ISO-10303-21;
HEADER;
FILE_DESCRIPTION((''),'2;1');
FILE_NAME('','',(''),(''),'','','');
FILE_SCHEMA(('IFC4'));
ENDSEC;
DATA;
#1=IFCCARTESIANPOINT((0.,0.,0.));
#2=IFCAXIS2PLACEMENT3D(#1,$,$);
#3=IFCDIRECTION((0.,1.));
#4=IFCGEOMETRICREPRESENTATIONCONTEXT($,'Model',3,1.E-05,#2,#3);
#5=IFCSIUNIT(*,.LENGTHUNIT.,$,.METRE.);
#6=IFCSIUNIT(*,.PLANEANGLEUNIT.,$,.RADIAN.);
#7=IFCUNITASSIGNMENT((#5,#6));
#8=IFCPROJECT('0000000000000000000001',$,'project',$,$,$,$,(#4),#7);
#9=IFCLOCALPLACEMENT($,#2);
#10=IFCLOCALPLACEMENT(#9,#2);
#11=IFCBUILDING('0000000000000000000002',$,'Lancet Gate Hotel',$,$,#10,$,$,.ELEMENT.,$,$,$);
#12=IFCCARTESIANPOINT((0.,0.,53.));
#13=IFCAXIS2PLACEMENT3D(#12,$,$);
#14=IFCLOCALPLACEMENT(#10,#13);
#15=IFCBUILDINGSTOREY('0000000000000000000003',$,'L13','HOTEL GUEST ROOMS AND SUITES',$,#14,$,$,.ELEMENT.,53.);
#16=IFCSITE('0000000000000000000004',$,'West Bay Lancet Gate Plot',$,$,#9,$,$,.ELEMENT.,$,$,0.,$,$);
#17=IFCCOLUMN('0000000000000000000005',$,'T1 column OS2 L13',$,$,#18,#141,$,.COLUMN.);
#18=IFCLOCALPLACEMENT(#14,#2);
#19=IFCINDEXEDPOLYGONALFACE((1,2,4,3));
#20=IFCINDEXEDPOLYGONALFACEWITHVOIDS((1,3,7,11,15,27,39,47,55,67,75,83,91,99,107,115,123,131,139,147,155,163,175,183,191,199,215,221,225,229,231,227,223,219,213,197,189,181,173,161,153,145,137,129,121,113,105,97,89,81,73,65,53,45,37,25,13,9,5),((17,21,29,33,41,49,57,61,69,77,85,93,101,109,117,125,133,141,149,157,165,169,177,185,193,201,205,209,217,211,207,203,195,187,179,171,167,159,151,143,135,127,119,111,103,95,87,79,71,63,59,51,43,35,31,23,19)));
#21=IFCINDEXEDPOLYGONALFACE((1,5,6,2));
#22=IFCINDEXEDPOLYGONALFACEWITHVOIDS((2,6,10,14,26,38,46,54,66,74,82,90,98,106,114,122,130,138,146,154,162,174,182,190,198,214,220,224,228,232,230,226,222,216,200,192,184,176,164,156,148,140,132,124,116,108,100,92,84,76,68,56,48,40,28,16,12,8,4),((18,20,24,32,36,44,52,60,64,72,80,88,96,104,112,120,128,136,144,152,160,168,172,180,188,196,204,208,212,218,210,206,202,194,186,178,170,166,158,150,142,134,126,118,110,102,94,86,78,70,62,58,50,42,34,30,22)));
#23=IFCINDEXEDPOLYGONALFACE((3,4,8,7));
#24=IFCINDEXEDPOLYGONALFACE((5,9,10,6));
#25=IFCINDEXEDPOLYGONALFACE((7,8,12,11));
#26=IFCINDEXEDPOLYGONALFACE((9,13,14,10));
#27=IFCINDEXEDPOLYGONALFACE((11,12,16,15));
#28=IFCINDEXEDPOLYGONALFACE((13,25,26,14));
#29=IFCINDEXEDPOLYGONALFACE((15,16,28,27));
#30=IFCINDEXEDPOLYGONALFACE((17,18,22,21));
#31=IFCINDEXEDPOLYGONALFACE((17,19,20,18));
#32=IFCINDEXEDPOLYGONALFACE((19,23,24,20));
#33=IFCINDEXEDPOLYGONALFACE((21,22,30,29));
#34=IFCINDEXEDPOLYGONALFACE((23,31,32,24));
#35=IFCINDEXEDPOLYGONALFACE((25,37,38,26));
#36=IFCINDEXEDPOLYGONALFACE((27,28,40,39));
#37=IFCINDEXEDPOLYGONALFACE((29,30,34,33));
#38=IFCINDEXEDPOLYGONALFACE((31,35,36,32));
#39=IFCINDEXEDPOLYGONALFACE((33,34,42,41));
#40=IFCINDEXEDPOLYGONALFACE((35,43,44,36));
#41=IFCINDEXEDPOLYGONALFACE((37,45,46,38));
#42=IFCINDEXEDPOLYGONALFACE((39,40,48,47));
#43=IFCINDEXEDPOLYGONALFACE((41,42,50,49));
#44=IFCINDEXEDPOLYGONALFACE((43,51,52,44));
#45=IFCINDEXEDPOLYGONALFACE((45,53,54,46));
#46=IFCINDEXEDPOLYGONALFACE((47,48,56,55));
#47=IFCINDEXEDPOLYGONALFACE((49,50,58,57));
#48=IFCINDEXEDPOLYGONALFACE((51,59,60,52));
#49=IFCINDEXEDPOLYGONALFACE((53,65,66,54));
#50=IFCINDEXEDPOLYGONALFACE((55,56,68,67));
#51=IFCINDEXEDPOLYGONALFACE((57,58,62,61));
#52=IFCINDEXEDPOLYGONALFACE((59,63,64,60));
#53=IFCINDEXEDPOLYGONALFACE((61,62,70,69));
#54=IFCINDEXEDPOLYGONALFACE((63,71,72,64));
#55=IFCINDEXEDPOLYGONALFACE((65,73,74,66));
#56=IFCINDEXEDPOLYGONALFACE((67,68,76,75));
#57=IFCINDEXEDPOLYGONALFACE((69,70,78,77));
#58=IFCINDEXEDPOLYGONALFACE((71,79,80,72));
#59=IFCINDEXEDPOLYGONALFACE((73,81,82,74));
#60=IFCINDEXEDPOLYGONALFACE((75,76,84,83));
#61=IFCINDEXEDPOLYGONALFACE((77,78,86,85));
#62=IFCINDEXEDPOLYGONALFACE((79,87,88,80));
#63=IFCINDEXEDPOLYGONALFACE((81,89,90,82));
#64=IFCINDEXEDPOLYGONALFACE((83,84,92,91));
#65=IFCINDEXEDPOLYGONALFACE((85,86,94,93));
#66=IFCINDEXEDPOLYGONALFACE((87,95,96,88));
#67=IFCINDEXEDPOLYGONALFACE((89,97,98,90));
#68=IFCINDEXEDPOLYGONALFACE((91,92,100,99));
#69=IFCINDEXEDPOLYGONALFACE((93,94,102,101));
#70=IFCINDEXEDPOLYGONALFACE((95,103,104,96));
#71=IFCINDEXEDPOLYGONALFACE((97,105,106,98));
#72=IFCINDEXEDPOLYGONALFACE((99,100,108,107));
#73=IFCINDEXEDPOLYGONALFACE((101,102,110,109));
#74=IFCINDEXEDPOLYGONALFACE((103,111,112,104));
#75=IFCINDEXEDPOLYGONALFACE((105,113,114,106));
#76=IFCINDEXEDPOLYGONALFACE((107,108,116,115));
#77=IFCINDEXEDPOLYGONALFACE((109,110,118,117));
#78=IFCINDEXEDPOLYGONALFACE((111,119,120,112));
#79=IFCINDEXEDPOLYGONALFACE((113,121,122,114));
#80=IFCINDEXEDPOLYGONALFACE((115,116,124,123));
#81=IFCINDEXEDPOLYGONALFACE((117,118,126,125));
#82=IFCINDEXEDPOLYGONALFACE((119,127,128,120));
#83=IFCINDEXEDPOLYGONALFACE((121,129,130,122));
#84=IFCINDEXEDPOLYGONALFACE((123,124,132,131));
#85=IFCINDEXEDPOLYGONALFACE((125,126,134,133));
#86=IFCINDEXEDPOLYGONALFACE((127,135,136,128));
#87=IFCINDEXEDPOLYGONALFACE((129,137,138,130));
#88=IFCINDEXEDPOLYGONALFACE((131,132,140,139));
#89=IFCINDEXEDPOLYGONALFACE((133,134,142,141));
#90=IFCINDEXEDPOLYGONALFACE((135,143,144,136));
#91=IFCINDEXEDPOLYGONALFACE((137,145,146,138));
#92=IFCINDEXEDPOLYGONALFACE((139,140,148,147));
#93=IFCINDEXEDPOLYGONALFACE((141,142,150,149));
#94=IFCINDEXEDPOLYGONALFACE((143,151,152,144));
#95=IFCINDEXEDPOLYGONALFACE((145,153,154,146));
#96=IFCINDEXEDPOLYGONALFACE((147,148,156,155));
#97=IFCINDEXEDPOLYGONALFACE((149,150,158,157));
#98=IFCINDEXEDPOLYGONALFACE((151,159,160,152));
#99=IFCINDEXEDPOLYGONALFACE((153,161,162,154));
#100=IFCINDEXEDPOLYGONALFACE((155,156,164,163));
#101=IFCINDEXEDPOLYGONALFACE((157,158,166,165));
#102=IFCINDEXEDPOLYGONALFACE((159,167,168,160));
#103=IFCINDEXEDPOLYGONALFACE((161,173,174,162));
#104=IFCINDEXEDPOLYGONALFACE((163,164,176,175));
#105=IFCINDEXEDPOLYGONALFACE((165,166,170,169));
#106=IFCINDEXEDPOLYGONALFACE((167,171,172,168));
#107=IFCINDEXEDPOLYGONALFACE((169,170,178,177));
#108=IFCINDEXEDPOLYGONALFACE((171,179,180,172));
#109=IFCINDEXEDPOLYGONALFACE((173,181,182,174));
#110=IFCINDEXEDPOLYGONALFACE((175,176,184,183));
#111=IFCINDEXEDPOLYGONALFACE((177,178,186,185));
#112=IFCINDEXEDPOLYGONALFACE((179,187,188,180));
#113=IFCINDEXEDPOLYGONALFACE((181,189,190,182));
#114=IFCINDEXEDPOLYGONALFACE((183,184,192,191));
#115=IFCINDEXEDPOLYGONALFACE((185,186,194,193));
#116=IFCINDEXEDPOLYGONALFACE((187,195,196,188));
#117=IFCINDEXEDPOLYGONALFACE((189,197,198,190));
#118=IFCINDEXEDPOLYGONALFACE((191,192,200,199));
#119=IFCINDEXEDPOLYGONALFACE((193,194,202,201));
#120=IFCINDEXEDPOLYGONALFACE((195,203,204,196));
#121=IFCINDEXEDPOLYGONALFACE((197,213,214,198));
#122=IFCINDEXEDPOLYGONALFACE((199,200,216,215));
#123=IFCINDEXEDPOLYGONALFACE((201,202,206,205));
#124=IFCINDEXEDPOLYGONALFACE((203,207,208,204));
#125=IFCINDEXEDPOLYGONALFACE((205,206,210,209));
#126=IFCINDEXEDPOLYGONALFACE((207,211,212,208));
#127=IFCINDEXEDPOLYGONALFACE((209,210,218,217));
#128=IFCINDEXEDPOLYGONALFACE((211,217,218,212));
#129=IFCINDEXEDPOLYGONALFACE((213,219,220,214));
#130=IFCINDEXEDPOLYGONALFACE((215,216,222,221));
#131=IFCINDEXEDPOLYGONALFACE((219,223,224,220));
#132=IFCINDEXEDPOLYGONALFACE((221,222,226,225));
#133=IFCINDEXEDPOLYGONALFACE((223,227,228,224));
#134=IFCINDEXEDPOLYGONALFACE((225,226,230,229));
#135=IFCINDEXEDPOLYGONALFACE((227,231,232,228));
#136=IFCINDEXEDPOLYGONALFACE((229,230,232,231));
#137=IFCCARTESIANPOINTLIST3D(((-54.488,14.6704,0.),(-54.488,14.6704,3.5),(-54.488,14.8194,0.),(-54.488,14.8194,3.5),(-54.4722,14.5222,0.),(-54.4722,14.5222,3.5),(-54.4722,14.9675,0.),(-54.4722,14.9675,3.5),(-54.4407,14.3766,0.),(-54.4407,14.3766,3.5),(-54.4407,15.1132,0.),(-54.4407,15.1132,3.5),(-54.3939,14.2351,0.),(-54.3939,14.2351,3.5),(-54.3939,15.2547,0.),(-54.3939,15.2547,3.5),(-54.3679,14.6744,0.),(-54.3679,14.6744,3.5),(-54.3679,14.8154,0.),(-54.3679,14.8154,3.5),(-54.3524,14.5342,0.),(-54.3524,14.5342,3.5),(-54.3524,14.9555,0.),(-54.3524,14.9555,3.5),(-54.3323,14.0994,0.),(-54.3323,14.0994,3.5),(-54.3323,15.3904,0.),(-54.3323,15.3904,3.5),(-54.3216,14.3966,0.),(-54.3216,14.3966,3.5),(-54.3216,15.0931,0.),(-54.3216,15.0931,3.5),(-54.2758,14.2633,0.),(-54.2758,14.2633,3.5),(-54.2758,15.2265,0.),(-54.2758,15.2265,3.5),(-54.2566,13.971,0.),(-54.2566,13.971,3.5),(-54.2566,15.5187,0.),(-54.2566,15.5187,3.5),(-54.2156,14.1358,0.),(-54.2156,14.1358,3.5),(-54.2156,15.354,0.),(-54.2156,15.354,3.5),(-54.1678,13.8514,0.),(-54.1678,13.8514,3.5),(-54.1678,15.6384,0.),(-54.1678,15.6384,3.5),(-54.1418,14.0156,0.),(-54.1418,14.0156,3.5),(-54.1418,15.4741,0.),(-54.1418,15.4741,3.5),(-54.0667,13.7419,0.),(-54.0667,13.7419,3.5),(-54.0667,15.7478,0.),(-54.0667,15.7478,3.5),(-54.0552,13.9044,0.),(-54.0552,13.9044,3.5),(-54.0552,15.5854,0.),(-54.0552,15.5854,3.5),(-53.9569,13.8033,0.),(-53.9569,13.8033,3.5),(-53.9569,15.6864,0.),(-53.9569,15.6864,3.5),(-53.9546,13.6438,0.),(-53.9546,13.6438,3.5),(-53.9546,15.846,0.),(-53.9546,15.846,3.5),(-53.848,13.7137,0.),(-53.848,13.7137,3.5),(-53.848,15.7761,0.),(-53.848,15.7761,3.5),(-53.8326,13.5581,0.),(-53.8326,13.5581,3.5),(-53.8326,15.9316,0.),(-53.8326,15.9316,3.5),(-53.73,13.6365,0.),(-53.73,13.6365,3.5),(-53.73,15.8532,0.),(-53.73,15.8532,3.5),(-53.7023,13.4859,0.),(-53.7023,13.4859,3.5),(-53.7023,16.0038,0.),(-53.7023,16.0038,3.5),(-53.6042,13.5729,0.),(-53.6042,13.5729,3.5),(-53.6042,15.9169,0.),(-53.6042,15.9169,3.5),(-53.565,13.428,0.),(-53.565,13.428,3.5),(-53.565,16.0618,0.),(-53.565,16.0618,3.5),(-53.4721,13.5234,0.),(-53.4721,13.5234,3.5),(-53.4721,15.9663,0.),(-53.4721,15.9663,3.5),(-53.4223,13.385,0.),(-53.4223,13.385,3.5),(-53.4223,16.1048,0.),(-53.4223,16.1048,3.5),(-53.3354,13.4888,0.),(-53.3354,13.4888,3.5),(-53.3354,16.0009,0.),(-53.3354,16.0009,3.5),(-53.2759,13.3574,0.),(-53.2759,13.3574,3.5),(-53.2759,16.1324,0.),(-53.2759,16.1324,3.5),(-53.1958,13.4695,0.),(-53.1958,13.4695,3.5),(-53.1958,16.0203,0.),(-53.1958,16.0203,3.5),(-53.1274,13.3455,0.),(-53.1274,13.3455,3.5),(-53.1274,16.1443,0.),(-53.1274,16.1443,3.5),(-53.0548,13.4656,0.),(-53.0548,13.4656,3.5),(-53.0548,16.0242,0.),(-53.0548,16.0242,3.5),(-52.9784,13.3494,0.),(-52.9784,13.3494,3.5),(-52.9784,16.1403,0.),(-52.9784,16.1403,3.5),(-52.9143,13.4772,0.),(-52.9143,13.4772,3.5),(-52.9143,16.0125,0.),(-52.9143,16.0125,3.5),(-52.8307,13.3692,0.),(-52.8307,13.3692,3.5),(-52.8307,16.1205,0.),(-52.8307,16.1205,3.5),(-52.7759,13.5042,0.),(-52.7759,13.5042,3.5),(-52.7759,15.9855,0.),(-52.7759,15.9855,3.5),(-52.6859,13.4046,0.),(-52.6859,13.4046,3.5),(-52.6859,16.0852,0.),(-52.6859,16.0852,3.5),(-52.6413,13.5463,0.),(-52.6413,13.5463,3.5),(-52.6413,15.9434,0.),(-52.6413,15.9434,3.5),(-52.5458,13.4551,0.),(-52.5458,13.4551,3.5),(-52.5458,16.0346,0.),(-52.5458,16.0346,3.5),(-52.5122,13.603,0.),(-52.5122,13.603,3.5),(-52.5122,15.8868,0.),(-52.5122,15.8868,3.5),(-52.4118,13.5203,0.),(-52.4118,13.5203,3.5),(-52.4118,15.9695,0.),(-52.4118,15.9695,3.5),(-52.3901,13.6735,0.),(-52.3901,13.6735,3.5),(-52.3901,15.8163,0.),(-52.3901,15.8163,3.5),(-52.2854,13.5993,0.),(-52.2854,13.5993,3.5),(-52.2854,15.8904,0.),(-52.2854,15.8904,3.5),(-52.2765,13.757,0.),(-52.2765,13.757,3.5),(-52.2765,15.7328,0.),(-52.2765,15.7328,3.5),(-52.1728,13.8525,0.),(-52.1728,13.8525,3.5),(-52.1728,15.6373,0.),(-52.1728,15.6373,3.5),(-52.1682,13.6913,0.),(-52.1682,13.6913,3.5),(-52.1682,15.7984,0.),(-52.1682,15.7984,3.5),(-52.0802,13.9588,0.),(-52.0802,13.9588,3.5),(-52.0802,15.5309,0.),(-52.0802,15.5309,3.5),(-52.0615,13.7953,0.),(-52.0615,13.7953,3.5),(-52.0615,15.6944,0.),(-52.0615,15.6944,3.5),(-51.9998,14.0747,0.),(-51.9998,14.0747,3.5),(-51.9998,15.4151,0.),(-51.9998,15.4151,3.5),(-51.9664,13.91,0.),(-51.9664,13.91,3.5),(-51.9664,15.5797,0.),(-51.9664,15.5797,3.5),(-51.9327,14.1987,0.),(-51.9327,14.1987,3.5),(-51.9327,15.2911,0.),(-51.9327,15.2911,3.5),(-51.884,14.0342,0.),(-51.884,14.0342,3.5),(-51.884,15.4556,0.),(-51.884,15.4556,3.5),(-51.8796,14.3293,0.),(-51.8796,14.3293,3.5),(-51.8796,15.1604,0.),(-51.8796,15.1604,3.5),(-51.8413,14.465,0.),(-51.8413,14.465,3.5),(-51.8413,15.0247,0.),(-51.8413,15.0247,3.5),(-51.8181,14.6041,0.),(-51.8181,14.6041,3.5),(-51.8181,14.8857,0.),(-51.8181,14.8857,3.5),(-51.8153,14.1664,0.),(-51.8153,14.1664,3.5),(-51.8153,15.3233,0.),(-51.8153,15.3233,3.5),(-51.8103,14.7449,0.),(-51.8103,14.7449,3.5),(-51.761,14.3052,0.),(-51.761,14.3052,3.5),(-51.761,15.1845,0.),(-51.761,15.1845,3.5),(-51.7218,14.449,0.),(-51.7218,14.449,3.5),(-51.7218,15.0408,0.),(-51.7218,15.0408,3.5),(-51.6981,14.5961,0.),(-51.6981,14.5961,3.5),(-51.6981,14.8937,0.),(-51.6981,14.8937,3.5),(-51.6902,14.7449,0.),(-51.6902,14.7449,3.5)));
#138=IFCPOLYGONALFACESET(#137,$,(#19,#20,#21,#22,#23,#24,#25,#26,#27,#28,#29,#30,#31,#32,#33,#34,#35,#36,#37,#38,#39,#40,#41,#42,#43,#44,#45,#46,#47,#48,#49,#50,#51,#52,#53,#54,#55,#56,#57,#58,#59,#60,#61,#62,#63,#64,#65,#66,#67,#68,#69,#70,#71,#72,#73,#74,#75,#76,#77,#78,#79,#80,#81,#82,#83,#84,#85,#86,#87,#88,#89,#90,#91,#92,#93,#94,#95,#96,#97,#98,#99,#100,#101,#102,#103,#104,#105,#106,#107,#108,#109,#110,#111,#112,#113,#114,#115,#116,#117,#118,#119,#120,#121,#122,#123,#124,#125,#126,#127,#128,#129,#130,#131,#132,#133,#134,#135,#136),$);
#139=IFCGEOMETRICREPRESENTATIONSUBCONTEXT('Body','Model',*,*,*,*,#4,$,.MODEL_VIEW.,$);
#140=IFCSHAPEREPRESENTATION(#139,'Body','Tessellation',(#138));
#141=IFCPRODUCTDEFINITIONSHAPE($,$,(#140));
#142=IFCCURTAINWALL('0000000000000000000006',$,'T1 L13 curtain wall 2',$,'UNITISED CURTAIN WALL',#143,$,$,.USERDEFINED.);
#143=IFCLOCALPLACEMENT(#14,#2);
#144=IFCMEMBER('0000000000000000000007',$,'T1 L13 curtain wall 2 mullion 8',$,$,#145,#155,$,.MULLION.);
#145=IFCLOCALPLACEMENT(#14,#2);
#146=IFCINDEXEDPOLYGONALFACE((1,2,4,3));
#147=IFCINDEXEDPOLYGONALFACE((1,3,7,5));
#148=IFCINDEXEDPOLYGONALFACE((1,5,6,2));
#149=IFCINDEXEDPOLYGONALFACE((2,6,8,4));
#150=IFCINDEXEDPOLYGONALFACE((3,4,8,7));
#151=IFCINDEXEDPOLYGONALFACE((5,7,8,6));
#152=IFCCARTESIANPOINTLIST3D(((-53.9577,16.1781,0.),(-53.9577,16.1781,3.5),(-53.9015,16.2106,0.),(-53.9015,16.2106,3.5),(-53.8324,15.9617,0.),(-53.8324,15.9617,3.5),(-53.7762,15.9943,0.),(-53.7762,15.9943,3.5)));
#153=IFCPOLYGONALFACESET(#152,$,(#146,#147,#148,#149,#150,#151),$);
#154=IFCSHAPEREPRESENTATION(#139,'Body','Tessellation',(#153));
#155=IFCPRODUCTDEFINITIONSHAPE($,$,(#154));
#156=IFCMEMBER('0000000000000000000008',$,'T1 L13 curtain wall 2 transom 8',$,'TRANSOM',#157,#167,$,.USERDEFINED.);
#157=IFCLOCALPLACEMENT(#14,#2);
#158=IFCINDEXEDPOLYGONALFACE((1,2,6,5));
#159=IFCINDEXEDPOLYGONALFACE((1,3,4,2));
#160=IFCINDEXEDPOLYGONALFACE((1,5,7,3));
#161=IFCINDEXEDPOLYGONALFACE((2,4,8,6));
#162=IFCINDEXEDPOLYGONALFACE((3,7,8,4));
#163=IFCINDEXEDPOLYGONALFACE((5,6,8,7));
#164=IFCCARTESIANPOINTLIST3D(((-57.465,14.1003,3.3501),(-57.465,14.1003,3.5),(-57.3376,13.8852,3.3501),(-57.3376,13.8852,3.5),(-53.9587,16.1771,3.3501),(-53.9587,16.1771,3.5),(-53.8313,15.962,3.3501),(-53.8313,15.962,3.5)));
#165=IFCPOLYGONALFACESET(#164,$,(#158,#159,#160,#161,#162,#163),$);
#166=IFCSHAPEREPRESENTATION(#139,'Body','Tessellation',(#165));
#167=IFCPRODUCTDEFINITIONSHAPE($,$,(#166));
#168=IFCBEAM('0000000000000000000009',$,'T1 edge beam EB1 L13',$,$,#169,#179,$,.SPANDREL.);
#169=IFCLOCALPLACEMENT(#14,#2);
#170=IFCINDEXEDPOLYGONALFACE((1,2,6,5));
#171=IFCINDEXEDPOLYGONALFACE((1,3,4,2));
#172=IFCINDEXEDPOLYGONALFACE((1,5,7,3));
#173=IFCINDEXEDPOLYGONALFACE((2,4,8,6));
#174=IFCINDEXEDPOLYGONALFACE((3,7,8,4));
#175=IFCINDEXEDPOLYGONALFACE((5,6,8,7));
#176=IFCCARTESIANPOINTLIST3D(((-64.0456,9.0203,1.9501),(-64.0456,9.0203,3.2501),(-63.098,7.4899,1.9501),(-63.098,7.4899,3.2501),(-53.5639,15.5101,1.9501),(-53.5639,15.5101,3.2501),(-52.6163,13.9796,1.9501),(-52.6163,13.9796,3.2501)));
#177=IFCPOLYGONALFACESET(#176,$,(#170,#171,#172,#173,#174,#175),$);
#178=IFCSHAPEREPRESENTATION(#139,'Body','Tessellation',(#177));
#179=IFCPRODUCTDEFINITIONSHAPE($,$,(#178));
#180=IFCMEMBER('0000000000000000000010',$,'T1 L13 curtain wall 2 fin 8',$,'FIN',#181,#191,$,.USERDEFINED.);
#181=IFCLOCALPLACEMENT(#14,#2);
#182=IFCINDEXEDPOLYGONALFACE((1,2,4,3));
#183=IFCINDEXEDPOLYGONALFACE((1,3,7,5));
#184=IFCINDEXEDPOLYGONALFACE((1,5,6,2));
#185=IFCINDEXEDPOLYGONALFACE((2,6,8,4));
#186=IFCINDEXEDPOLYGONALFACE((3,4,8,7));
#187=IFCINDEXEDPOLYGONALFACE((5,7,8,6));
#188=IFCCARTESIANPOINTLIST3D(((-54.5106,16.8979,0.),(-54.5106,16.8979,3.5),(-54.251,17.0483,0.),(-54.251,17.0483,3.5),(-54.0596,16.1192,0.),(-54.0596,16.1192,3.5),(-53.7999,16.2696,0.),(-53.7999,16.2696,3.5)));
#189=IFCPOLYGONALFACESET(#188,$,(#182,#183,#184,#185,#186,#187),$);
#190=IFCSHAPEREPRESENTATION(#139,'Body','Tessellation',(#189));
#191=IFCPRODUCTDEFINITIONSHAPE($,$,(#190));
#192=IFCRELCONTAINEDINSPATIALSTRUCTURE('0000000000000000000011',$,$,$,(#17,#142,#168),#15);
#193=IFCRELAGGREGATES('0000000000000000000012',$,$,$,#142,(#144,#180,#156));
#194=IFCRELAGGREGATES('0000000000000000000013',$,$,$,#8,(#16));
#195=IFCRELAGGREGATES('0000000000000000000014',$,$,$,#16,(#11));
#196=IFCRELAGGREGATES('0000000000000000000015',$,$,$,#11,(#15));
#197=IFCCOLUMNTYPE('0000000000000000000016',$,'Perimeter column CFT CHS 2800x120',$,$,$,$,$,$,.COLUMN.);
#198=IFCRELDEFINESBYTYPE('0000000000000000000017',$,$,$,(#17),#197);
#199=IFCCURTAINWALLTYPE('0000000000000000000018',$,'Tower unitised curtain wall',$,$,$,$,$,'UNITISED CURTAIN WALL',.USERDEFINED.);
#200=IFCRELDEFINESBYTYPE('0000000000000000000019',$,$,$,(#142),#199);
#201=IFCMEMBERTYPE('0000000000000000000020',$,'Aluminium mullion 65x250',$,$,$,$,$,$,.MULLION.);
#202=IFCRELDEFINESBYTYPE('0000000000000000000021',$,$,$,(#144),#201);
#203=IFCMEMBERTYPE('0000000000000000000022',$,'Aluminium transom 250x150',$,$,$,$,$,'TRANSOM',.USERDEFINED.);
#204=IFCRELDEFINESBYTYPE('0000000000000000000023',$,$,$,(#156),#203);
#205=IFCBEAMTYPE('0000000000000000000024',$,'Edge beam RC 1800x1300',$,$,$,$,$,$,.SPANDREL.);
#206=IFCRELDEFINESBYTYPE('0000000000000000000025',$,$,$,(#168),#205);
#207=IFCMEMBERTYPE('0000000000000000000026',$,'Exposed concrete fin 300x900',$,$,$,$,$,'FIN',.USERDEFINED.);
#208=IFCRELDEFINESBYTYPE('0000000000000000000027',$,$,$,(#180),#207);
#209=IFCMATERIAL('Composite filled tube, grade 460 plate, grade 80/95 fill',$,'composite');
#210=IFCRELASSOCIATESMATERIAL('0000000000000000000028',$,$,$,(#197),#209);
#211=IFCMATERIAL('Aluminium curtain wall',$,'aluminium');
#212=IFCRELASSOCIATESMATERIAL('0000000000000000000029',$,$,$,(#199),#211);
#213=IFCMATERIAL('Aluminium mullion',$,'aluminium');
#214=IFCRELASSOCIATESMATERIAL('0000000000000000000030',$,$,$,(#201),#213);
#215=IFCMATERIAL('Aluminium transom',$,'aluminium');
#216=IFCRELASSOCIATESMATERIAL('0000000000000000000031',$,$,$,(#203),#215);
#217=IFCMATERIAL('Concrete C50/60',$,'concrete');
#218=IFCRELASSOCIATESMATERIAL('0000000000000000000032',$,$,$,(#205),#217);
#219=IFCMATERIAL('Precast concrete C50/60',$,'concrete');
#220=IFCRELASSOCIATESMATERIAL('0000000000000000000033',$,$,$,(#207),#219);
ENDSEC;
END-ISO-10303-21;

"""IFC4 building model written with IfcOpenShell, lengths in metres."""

from ifc_helpers import new_model, si_unit, direction, frame, origin, origin_2d, place, context, subcontext, project, spatial, rectangle, hollow_circle, extrude, material, material_profile, profile_set, type_object, element, aggregate, save


model = new_model("IFC4")

# Units and contexts
model_context = context("Model", 3, precision=1e-05, world=origin(), true_north=direction((0.0, 1.0)))
body_context = subcontext(model_context, "Body", "Model", "MODEL_VIEW")
ifc_project = project(units=[si_unit("LENGTHUNIT", "METRE"), si_unit("PLANEANGLEUNIT", "RADIAN")], contexts=[model_context])

# Site, building, storey
site_placement = place(None, origin())
site = spatial("IfcSite", under=ifc_project, at=site_placement, Name="West Bay Lancet Gate Plot", CompositionType="ELEMENT", RefElevation=0.0)
building_placement = place(site_placement, origin())
building = spatial("IfcBuilding", under=site, at=building_placement, Name="Lancet Gate Hotel", CompositionType="ELEMENT")
storey_placement = place(building_placement, frame((0.0, 0.0, 53.0)))
storey = spatial("IfcBuildingStorey", under=building, at=storey_placement, Name="L13", Description="HOTEL GUEST ROOMS AND SUITES", CompositionType="ELEMENT", Elevation=53.0)

# Column
ifc_material_1 = material(Name="Composite filled tube, grade 460 plate, grade 80/95 fill", Category="composite")
ifc_material_profile_1 = material_profile(ifc_material_1, hollow_circle(Radius=1.3999, WallThickness=0.1201, at=origin_2d()), Name="CHS 2800x120")
ifc_profile_set_1 = profile_set([ifc_material_profile_1], Name="Composite filled tube, grade 460 plate, grade 80/95 fill")
column_type = type_object("IfcColumnType", Name="Perimeter column CFT CHS 2800x120", PredefinedType="COLUMN", material=ifc_profile_set_1)
column_placement = place(storey_placement, frame((-53.0901, 14.7449, 0.0), z_axis=(0.0, 0.0, 1.0), x_axis=(1.0, 0.0, 0.0)))
element("IfcColumn", 1, at=column_placement, inside=storey, type_object=column_type, Name="T1 column OS2 L13", PredefinedType="COLUMN", context=body_context, shape_type="SweptSolid", body=[
    extrude(hollow_circle(Radius=1.3999, WallThickness=0.1201, at=origin_2d()), origin(), (0.0, 0.0, 1.0), 3.5),
])

# Curtain wall, members
ifc_material_2 = material(Name="Aluminium curtain wall", Category="aluminium")
curtain_wall_type = type_object("IfcCurtainWallType", Name="Tower unitised curtain wall", ElementType="UNITISED CURTAIN WALL", PredefinedType="USERDEFINED", material=ifc_material_2)
curtain_wall_placement = place(storey_placement, origin())
curtain_wall = element("IfcCurtainWall", 2, at=curtain_wall_placement, inside=storey, type_object=curtain_wall_type, Name="T1 L13 curtain wall 2", ObjectType="UNITISED CURTAIN WALL", PredefinedType="USERDEFINED")
ifc_material_3 = material(Name="Aluminium mullion", Category="aluminium")
ifc_material_profile_2 = material_profile(ifc_material_3, rectangle(XDim=0.0649, YDim=0.25, at=origin_2d()), Name="MULLION 65x250")
ifc_profile_set_2 = profile_set([ifc_material_profile_2], Name="Aluminium mullion")
member_type_1 = type_object("IfcMemberType", Name="Aluminium mullion 65x250", PredefinedType="MULLION", material=ifc_profile_set_2)
member_1_placement = place(storey_placement, frame((-53.8669, 16.0862, 0.0), z_axis=(0.0, 0.0, 1.0), x_axis=(-0.865335, -0.501194, 0.0)))
member_1 = element("IfcMember", 3, at=member_1_placement, type_object=member_type_1, Name="T1 L13 curtain wall 2 mullion 8", PredefinedType="MULLION", context=body_context, shape_type="SweptSolid", body=[
    extrude(rectangle(XDim=0.0649, YDim=0.25, at=origin_2d()), origin(), (0.0, 0.0, 1.0), 3.5),
])
ifc_material_4 = material(Name="Aluminium transom", Category="aluminium")
ifc_material_profile_3 = material_profile(ifc_material_4, rectangle(XDim=0.25, YDim=0.1499, at=origin_2d()), Name="TRANSOM 250x150")
ifc_profile_set_3 = profile_set([ifc_material_profile_3], Name="Aluminium transom")
member_type_2 = type_object("IfcMemberType", Name="Aluminium transom 250x150", ElementType="TRANSOM", PredefinedType="USERDEFINED", material=ifc_profile_set_3)
member_2_placement = place(storey_placement, frame((-53.895, 16.0696, 3.425), z_axis=(-0.860392, -0.509633, 0.0), x_axis=(0.509633, -0.860392, 0.0)))
member_2 = element("IfcMember", 4, at=member_2_placement, type_object=member_type_2, Name="T1 L13 curtain wall 2 transom 8", ObjectType="TRANSOM", PredefinedType="USERDEFINED", context=body_context, shape_type="SweptSolid", body=[
    extrude(rectangle(XDim=0.25, YDim=0.1499, at=origin_2d()), origin(), (0.0, 0.0, 1.0), 4.0752),
])

# Beam
ifc_material_5 = material(Name="Concrete C50/60", Category="concrete")
ifc_material_profile_4 = material_profile(ifc_material_5, rectangle(XDim=1.8, YDim=1.3, at=origin_2d()), Name="RC 1800x1300")
ifc_profile_set_4 = profile_set([ifc_material_profile_4], Name="Concrete C50/60")
beam_type_1 = type_object("IfcBeamType", Name="Edge beam RC 1800x1300", PredefinedType="SPANDREL", material=ifc_profile_set_4)
beam_1_placement = place(storey_placement, frame((-53.0901, 14.7449, 2.6001), z_axis=(-0.850226, -0.526418, 0.0), x_axis=(0.526418, -0.850226, 0.0)))
element("IfcBeam", 5, at=beam_1_placement, inside=storey, type_object=beam_type_1, Name="T1 edge beam EB1 L13", PredefinedType="SPANDREL", context=body_context, shape_type="SweptSolid", body=[
    extrude(rectangle(XDim=1.8, YDim=1.3, at=origin_2d()), origin(), (0.0, 0.0, 1.0), 12.3281),
])

# Member
ifc_material_6 = material(Name="Precast concrete C50/60", Category="concrete")
ifc_material_profile_5 = material_profile(ifc_material_6, rectangle(XDim=0.3, YDim=0.8999, at=origin_2d()), Name="FIN 300x900")
ifc_profile_set_5 = profile_set([ifc_material_profile_5], Name="Precast concrete C50/60")
member_type_3 = type_object("IfcMemberType", Name="Exposed concrete fin 300x900", ElementType="FIN", PredefinedType="USERDEFINED", material=ifc_profile_set_5)
member_3_placement = place(storey_placement, frame((-54.1553, 16.5837, 0.0), z_axis=(0.0, 0.0, 1.0), x_axis=(-0.865335, -0.501194, 0.0)))
member_3 = element("IfcMember", 6, at=member_3_placement, type_object=member_type_3, Name="T1 L13 curtain wall 2 fin 8", ObjectType="FIN", PredefinedType="USERDEFINED", context=body_context, shape_type="SweptSolid", body=[
    extrude(rectangle(XDim=0.3, YDim=0.8999, at=origin_2d()), origin(), (0.0, 0.0, 1.0), 3.5),
])
aggregate(curtain_wall, [member_1, member_3, member_2])

save(model, "model.ifc")
